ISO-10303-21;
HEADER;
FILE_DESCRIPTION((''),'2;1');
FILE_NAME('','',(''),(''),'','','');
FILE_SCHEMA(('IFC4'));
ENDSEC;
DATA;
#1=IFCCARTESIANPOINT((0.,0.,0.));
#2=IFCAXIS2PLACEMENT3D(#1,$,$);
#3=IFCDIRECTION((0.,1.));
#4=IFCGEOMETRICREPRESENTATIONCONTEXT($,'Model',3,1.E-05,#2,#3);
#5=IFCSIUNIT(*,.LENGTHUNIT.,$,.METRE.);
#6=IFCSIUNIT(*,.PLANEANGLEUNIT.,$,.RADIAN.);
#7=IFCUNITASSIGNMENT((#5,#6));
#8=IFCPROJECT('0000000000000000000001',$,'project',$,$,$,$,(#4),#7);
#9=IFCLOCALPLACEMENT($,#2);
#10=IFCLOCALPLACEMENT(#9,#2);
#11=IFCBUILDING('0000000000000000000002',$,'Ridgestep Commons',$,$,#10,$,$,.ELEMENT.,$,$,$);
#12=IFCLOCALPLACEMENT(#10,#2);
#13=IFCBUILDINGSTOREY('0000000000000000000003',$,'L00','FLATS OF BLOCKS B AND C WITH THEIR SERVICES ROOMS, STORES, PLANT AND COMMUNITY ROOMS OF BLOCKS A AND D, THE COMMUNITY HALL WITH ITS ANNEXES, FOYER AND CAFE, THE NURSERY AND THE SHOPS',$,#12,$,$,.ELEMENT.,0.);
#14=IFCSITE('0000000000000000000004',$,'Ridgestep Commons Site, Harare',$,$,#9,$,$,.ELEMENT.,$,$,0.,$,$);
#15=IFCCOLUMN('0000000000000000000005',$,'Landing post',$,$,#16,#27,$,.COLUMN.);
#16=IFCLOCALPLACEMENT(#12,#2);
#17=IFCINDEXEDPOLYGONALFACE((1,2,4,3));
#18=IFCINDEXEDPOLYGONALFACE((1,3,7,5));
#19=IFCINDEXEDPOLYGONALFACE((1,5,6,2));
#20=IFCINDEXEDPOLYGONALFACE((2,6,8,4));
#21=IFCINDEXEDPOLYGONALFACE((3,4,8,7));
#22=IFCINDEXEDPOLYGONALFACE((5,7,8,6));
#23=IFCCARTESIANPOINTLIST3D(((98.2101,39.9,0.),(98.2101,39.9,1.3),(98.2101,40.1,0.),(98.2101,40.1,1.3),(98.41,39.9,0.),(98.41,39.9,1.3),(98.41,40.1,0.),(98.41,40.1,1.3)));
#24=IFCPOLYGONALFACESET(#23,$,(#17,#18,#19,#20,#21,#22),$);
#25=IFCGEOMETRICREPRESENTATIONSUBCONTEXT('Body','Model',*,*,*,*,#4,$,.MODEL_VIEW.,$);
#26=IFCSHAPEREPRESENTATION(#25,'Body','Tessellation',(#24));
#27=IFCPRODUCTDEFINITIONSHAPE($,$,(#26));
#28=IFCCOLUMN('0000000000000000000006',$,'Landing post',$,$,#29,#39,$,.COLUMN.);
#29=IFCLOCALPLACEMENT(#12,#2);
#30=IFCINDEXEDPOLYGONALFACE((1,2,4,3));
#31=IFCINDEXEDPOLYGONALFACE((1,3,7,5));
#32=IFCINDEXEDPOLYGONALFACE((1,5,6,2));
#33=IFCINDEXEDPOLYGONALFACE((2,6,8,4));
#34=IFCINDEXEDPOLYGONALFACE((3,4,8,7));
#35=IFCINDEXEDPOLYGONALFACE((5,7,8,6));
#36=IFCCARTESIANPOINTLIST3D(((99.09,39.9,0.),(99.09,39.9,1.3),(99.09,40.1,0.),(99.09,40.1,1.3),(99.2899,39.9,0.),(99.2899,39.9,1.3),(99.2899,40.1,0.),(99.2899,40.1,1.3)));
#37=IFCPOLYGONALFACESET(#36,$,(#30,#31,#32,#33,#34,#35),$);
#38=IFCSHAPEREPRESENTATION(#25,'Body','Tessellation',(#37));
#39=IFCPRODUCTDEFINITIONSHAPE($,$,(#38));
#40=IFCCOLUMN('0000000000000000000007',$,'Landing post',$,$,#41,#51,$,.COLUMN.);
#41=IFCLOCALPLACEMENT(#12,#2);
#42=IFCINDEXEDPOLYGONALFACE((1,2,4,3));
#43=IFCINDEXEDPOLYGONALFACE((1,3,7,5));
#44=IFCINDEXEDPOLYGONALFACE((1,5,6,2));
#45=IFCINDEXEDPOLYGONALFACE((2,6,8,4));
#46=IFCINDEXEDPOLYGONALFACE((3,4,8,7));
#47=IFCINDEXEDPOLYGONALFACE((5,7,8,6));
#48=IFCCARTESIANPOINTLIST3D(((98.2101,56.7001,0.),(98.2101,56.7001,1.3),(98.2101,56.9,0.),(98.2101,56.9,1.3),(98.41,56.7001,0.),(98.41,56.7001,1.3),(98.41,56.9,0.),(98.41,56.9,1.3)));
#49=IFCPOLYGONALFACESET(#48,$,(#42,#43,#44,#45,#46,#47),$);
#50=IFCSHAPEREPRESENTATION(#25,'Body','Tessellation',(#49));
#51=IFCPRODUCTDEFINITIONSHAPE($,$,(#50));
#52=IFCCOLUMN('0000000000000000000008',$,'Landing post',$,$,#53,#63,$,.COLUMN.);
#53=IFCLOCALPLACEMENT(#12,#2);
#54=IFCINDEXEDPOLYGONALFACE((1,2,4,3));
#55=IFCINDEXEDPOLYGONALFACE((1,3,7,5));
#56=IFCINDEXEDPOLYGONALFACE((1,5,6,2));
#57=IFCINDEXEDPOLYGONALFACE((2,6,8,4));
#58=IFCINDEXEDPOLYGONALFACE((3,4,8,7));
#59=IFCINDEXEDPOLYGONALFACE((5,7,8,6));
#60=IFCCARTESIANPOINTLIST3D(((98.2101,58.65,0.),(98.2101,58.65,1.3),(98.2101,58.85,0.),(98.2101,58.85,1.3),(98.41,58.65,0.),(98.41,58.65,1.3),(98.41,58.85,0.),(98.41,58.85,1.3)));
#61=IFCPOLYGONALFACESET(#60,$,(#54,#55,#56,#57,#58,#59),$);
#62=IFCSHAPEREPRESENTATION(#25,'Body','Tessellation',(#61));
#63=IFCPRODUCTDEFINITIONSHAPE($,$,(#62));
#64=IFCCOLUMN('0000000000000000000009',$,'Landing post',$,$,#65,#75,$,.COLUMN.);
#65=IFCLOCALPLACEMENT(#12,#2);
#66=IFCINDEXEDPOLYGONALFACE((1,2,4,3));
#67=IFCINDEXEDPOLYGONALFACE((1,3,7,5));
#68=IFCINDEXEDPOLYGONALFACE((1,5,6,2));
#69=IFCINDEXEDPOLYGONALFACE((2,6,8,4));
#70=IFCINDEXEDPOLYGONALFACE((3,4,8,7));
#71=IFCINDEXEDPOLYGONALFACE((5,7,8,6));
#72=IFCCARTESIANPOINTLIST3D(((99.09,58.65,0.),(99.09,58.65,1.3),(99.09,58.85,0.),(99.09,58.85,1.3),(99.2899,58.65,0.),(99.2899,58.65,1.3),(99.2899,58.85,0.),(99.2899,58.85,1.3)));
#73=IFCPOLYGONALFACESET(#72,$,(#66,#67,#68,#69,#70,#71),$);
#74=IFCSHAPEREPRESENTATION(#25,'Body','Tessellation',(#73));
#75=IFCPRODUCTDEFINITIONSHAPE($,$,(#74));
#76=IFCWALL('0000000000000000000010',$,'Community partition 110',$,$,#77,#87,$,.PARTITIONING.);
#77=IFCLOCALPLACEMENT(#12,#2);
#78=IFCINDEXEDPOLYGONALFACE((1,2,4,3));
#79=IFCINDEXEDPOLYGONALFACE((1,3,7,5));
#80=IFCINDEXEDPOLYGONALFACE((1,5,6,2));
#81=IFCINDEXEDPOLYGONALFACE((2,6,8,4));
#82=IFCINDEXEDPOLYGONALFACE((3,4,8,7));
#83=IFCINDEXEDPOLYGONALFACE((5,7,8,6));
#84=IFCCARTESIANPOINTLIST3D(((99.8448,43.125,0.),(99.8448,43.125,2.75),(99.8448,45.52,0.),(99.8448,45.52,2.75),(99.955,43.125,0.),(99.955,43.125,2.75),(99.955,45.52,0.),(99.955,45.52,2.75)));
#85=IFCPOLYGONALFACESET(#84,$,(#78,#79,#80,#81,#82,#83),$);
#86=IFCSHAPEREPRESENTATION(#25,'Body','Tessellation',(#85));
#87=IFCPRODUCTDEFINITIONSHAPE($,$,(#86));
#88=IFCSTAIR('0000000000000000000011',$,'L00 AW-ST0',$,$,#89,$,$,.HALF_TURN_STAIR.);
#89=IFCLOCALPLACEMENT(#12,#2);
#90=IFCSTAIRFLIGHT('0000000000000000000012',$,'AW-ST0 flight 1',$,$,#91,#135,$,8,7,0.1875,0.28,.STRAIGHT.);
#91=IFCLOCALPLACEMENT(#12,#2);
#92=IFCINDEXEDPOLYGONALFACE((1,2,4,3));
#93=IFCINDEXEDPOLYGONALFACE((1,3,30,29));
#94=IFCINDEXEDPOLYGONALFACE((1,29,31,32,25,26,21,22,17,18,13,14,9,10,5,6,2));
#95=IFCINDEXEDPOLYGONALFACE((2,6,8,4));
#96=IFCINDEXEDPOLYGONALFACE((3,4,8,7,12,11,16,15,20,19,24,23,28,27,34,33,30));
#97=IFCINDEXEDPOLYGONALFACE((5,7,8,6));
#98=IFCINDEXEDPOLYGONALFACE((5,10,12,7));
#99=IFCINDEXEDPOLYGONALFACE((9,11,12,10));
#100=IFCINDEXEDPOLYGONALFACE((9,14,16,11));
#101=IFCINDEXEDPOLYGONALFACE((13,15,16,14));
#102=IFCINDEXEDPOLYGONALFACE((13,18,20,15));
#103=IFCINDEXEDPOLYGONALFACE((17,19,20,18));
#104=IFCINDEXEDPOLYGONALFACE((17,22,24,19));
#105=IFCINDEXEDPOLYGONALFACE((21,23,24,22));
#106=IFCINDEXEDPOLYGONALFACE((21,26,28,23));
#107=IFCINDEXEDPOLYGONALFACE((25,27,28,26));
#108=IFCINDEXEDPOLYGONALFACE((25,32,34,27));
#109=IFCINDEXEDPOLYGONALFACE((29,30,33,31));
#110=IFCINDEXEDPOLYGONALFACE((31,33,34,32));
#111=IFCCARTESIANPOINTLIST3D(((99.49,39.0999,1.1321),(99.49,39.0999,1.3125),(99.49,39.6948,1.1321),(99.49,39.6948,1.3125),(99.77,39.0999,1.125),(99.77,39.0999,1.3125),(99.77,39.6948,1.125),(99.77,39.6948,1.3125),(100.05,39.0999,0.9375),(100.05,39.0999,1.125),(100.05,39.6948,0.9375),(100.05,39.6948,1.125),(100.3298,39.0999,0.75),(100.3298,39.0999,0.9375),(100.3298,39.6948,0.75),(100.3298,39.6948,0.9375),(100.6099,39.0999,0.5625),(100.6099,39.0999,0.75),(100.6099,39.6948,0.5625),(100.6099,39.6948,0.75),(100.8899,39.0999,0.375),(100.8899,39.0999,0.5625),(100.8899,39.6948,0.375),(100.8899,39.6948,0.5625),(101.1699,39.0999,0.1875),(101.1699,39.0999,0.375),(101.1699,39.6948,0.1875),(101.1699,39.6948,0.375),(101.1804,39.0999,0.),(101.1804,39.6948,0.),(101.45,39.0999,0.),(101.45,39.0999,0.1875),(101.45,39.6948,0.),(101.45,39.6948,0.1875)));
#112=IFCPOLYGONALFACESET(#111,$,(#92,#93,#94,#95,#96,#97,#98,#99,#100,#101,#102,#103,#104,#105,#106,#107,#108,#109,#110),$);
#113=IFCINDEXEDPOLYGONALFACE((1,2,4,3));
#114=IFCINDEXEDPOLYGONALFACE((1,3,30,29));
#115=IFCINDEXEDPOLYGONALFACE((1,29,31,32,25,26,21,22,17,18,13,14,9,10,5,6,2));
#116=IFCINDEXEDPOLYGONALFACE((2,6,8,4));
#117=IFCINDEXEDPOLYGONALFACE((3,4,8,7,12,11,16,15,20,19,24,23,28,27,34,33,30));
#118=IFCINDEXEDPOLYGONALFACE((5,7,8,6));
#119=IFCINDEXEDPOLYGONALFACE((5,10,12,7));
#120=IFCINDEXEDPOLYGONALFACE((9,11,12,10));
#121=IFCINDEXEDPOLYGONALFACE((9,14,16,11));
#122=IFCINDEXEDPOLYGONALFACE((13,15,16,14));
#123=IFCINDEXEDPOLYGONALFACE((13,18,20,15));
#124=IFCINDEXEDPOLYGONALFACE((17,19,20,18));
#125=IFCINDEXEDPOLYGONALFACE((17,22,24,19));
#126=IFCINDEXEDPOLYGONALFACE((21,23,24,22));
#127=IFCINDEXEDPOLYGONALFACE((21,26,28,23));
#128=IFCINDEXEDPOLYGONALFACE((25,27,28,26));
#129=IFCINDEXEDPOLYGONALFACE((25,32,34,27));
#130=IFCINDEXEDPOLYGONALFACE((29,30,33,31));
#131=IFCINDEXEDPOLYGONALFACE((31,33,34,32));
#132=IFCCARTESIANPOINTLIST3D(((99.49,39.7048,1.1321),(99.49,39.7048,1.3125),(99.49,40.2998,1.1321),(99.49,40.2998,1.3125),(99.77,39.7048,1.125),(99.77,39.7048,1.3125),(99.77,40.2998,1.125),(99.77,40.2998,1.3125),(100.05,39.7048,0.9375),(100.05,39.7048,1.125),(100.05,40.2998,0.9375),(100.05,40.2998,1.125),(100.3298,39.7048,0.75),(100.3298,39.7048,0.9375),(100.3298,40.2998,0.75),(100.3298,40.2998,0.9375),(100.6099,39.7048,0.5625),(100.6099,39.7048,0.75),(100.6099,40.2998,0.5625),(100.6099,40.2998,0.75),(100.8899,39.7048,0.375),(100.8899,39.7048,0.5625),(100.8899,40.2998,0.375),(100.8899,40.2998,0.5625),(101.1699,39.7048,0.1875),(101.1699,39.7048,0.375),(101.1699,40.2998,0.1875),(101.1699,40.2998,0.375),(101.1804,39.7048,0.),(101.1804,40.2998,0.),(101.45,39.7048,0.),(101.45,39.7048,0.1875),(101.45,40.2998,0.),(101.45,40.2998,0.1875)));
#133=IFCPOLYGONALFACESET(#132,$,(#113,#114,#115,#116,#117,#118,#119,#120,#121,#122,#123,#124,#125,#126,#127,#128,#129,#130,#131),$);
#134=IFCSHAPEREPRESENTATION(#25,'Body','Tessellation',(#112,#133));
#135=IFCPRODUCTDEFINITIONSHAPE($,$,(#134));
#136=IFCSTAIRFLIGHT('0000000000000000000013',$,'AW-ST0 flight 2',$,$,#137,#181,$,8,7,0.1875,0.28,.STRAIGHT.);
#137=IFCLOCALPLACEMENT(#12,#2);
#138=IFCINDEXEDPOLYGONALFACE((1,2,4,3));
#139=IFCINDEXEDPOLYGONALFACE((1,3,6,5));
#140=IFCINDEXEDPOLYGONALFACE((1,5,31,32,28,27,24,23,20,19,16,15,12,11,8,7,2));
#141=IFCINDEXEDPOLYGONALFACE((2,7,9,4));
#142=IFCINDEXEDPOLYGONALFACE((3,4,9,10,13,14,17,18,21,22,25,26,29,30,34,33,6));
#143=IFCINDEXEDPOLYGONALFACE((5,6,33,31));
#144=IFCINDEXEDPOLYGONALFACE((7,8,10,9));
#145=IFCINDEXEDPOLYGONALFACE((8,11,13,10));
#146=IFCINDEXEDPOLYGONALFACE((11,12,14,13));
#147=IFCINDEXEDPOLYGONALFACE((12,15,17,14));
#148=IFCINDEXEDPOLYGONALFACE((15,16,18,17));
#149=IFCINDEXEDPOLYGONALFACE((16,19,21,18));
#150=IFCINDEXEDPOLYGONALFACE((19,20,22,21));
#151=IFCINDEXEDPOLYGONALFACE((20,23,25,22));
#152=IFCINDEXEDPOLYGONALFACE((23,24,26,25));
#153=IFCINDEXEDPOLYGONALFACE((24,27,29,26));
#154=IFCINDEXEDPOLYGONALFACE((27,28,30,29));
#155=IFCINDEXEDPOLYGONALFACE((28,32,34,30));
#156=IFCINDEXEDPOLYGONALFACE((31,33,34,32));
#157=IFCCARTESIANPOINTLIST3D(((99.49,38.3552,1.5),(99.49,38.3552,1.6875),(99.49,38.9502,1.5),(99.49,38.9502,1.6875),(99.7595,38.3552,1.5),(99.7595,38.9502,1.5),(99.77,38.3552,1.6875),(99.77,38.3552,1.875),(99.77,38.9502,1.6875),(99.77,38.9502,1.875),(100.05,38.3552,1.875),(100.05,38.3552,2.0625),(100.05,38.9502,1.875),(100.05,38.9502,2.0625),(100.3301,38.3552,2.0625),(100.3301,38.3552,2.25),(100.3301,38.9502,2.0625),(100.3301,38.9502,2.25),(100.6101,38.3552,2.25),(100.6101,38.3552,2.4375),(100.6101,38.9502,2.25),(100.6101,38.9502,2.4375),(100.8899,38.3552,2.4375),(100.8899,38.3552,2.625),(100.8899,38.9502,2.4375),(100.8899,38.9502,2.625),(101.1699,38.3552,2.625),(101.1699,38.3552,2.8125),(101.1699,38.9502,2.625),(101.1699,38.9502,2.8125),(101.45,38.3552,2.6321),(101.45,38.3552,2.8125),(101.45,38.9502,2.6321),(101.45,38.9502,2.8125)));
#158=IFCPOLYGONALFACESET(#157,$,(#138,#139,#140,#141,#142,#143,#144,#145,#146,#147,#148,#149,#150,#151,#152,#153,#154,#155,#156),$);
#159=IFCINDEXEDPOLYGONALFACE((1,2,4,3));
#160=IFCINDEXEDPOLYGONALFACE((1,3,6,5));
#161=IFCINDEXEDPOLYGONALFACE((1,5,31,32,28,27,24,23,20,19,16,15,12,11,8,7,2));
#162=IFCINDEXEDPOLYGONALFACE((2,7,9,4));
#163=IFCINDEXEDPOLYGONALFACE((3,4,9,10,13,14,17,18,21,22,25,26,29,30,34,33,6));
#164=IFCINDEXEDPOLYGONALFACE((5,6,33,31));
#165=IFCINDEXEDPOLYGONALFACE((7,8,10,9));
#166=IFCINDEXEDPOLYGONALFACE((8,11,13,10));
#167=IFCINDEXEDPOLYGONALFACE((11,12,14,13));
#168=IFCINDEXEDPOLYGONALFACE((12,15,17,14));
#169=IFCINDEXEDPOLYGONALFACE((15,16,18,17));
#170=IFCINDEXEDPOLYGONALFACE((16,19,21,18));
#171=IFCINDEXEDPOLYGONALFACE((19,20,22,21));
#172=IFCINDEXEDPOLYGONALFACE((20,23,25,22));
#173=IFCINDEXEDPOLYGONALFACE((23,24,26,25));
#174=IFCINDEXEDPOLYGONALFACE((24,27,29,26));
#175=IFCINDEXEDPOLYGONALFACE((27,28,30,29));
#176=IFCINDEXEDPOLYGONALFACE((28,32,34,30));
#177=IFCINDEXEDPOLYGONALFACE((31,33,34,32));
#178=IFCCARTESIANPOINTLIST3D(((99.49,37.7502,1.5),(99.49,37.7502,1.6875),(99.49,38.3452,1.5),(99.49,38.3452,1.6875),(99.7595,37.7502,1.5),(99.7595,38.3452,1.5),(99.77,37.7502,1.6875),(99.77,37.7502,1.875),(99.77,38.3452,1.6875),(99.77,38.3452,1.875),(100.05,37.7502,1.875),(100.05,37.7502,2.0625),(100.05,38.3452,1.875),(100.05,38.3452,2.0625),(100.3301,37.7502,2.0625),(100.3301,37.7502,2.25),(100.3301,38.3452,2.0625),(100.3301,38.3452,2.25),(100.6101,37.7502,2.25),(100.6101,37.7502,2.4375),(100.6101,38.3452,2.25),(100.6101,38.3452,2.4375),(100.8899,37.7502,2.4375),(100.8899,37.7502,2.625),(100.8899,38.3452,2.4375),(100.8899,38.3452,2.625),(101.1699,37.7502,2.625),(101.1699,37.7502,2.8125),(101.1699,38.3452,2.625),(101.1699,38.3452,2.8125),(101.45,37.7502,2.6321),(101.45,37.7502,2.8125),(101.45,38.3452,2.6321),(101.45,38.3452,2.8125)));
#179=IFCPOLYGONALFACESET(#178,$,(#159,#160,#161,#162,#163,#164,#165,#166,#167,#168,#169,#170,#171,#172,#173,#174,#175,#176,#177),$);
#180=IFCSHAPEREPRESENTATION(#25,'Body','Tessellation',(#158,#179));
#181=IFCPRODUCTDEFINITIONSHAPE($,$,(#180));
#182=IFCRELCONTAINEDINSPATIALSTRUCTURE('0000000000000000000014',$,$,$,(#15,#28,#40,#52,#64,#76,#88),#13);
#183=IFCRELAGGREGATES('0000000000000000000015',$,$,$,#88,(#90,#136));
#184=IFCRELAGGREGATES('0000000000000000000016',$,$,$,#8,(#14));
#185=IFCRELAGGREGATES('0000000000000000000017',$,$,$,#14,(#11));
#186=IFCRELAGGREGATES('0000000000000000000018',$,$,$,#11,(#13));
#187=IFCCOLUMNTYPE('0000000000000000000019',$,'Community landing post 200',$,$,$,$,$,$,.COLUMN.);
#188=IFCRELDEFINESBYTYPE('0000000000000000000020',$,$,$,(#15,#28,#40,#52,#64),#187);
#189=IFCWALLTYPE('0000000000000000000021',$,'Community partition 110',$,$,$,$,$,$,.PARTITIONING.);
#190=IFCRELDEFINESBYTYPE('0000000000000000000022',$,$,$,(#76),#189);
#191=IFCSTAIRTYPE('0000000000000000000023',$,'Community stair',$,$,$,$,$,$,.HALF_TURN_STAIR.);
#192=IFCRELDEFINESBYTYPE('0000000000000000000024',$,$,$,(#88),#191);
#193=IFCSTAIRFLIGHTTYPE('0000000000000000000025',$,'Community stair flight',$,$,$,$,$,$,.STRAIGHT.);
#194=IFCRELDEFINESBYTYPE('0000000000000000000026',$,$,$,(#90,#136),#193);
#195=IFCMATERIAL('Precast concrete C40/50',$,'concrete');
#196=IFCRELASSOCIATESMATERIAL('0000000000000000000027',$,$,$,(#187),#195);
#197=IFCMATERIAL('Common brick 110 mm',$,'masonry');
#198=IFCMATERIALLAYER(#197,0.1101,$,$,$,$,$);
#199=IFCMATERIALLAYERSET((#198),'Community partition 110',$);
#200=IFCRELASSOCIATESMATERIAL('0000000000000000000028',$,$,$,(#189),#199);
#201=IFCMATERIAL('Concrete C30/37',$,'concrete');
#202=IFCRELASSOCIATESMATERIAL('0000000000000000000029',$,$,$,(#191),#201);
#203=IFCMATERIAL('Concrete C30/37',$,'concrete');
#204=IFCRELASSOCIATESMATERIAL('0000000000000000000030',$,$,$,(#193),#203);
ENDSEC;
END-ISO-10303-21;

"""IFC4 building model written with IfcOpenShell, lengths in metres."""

from ifc_helpers import new_model, si_unit, direction, frame, frame_2d, origin, origin_2d, place, context, subcontext, project, spatial, polyline, rectangle, outline, extrude, material, layer, layer_set, material_profile, profile_set, type_object, element, aggregate, save


model = new_model("IFC4")

# Units and contexts
model_context = context("Model", 3, precision=1e-05, world=origin(), true_north=direction((0.0, 1.0)))
body_context = subcontext(model_context, "Body", "Model", "MODEL_VIEW")
ifc_project = project(units=[si_unit("LENGTHUNIT", "METRE"), si_unit("PLANEANGLEUNIT", "RADIAN")], contexts=[model_context])

# Site, building, storey
site_placement = place(None, origin())
site = spatial("IfcSite", under=ifc_project, at=site_placement, Name="Ridgestep Commons Site, Harare", CompositionType="ELEMENT", RefElevation=0.0)
building_placement = place(site_placement, origin())
building = spatial("IfcBuilding", under=site, at=building_placement, Name="Ridgestep Commons", CompositionType="ELEMENT")
storey_placement = place(building_placement, origin())
storey = spatial("IfcBuildingStorey", under=building, at=storey_placement, Name="L00", Description="FLATS OF BLOCKS B AND C WITH THEIR SERVICES ROOMS, STORES, PLANT AND COMMUNITY ROOMS OF BLOCKS A AND D, THE COMMUNITY HALL WITH ITS ANNEXES, FOYER AND CAFE, THE NURSERY AND THE SHOPS", CompositionType="ELEMENT", Elevation=0.0)

# Columns
ifc_material_1 = material(Name="Precast concrete C40/50", Category="concrete")
ifc_material_profile = material_profile(ifc_material_1, rectangle(XDim=0.2, YDim=0.2, at=origin_2d()), Name="Community landing post 200")
ifc_profile_set = profile_set([ifc_material_profile], Name="Precast concrete C40/50")
column_type = type_object("IfcColumnType", Name="Community landing post 200", PredefinedType="COLUMN", material=ifc_profile_set)
for number, where, z_axis, x_axis, name in (
    (1, (98.3101, 40.0, 0.0), (0.0, 0.0, 1.0), (1.0, 0.0, 0.0), "Landing post"),
    (2, (99.1899, 40.0, 0.0), (0.0, 0.0, 1.0), (1.0, 0.0, 0.0), "Landing post"),
    (3, (98.3101, 56.8, 0.0), (0.0, 0.0, 1.0), (1.0, 0.0, 0.0), "Landing post"),
    (4, (98.3101, 58.75, 0.0), (0.0, 0.0, 1.0), (1.0, 0.0, 0.0), "Landing post"),
    (5, (99.1899, 58.75, 0.0), (0.0, 0.0, 1.0), (1.0, 0.0, 0.0), "Landing post"),
):
    element("IfcColumn", number, at=place(storey_placement, frame(where, z_axis=z_axis, x_axis=x_axis)), inside=storey, type_object=column_type, Name=name, PredefinedType="COLUMN", context=body_context, shape_type="SweptSolid", body=[
        extrude(rectangle(XDim=0.2, YDim=0.2, at=origin_2d()), origin(), (0.0, 0.0, 1.0), 1.3),
    ])

# Wall
ifc_material_2 = material(Name="Common brick 110 mm", Category="masonry")
ifc_layer = layer(ifc_material_2, 0.1101)
ifc_layer_set = layer_set([ifc_layer], Name="Community partition 110")
wall_type = type_object("IfcWallType", Name="Community partition 110", PredefinedType="PARTITIONING", material=ifc_layer_set)
wall_placement = place(storey_placement, frame((99.8999, 43.125, 0.0), z_axis=(0.0, 0.0, 1.0), x_axis=(0.0, 1.0, 0.0)))
element("IfcWall", 6, at=wall_placement, inside=storey, type_object=wall_type, Name="Community partition 110", PredefinedType="PARTITIONING", context=body_context, shape_type="SweptSolid", body=[
    extrude(rectangle(XDim=2.395, YDim=0.1101, at=frame_2d((1.1975, 0.0))), origin(), (0.0, 0.0, 1.0), 2.75),
])

# Stair, stair flights
ifc_material_3 = material(Name="Concrete C30/37", Category="concrete")
stair_type = type_object("IfcStairType", Name="Community stair", PredefinedType="HALF_TURN_STAIR", material=ifc_material_3)
stair_1_placement = place(storey_placement, origin())
stair_1 = element("IfcStair", 7, at=stair_1_placement, inside=storey, type_object=stair_type, Name="L00 AW-ST0", PredefinedType="HALF_TURN_STAIR")
ifc_material_4 = material(Name="Concrete C30/37", Category="concrete")
stair_flight_type = type_object("IfcStairFlightType", Name="Community stair flight", PredefinedType="STRAIGHT", material=ifc_material_4)
stair_flight_1_placement = place(storey_placement, frame((101.45, 39.7, 0.0), z_axis=(0.0, 0.0, 1.0), x_axis=(-1.0, 0.0, 0.0)))
stair_flight_1 = element("IfcStairFlight", 8, at=stair_flight_1_placement, type_object=stair_flight_type, Name="AW-ST0 flight 1", NumberOfRisers=8, NumberOfTreads=7, PredefinedType="STRAIGHT", RiserHeight=0.1875, TreadLength=0.28, context=body_context, shape_type="SweptSolid", body=[
    extrude(outline(polyline([(0.0, 0.0), (0.0, 0.1875), (0.28, 0.1875), (0.28, 0.375), (0.5601, 0.375), (0.5601, 0.5625), (0.8401, 0.5625), (0.8401, 0.75), (1.1201, 0.75), (1.1201, 0.9375), (1.3999, 0.9375), (1.3999, 1.125), (1.6799, 1.125), (1.6799, 1.3125), (1.96, 1.3125), (1.96, 1.5), (1.96, 1.1321), (0.2695, 0.0), (0.0, 0.0)])), frame((0.0, 0.6001, 0.0), z_axis=(0.0, -1.0, 0.0), x_axis=(1.0, 0.0, 0.0)), (0.0, 0.0, 1.0), 0.595),
    extrude(outline(polyline([(0.0, 0.0), (0.0, 0.1875), (0.28, 0.1875), (0.28, 0.375), (0.5601, 0.375), (0.5601, 0.5625), (0.8401, 0.5625), (0.8401, 0.75), (1.1201, 0.75), (1.1201, 0.9375), (1.3999, 0.9375), (1.3999, 1.125), (1.6799, 1.125), (1.6799, 1.3125), (1.96, 1.3125), (1.96, 1.5), (1.96, 1.1321), (0.2695, 0.0), (0.0, 0.0)])), frame((0.0, -0.0049, 0.0), z_axis=(0.0, -1.0, 0.0), x_axis=(1.0, 0.0, 0.0)), (0.0, 0.0, 1.0), 0.595),
])
stair_flight_2_placement = place(storey_placement, frame((99.49, 38.3501, 1.5), z_axis=(0.0, 0.0, 1.0), x_axis=(1.0, 0.0, 0.0)))
stair_flight_2 = element("IfcStairFlight", 9, at=stair_flight_2_placement, type_object=stair_flight_type, Name="AW-ST0 flight 2", NumberOfRisers=8, NumberOfTreads=7, PredefinedType="STRAIGHT", RiserHeight=0.1875, TreadLength=0.28, context=body_context, shape_type="SweptSolid", body=[
    extrude(outline(polyline([(0.0, 0.0), (0.0, 0.1875), (0.28, 0.1875), (0.28, 0.375), (0.5601, 0.375), (0.5601, 0.5625), (0.8401, 0.5625), (0.8401, 0.75), (1.1201, 0.75), (1.1201, 0.9375), (1.3999, 0.9375), (1.3999, 1.125), (1.6799, 1.125), (1.6799, 1.3125), (1.96, 1.3125), (1.96, 1.5), (1.96, 1.1321), (0.2695, 0.0), (0.0, 0.0)])), frame((0.0, 0.6001, 0.0), z_axis=(0.0, -1.0, 0.0), x_axis=(1.0, 0.0, 0.0)), (0.0, 0.0, 1.0), 0.595),
    extrude(outline(polyline([(0.0, 0.0), (0.0, 0.1875), (0.28, 0.1875), (0.28, 0.375), (0.5601, 0.375), (0.5601, 0.5625), (0.8401, 0.5625), (0.8401, 0.75), (1.1201, 0.75), (1.1201, 0.9375), (1.3999, 0.9375), (1.3999, 1.125), (1.6799, 1.125), (1.6799, 1.3125), (1.96, 1.3125), (1.96, 1.5), (1.96, 1.1321), (0.2695, 0.0), (0.0, 0.0)])), frame((0.0, -0.0049, 0.0), z_axis=(0.0, -1.0, 0.0), x_axis=(1.0, 0.0, 0.0)), (0.0, 0.0, 1.0), 0.595),
])
aggregate(stair_1, [stair_flight_1, stair_flight_2])

save(model, "model.ifc")
